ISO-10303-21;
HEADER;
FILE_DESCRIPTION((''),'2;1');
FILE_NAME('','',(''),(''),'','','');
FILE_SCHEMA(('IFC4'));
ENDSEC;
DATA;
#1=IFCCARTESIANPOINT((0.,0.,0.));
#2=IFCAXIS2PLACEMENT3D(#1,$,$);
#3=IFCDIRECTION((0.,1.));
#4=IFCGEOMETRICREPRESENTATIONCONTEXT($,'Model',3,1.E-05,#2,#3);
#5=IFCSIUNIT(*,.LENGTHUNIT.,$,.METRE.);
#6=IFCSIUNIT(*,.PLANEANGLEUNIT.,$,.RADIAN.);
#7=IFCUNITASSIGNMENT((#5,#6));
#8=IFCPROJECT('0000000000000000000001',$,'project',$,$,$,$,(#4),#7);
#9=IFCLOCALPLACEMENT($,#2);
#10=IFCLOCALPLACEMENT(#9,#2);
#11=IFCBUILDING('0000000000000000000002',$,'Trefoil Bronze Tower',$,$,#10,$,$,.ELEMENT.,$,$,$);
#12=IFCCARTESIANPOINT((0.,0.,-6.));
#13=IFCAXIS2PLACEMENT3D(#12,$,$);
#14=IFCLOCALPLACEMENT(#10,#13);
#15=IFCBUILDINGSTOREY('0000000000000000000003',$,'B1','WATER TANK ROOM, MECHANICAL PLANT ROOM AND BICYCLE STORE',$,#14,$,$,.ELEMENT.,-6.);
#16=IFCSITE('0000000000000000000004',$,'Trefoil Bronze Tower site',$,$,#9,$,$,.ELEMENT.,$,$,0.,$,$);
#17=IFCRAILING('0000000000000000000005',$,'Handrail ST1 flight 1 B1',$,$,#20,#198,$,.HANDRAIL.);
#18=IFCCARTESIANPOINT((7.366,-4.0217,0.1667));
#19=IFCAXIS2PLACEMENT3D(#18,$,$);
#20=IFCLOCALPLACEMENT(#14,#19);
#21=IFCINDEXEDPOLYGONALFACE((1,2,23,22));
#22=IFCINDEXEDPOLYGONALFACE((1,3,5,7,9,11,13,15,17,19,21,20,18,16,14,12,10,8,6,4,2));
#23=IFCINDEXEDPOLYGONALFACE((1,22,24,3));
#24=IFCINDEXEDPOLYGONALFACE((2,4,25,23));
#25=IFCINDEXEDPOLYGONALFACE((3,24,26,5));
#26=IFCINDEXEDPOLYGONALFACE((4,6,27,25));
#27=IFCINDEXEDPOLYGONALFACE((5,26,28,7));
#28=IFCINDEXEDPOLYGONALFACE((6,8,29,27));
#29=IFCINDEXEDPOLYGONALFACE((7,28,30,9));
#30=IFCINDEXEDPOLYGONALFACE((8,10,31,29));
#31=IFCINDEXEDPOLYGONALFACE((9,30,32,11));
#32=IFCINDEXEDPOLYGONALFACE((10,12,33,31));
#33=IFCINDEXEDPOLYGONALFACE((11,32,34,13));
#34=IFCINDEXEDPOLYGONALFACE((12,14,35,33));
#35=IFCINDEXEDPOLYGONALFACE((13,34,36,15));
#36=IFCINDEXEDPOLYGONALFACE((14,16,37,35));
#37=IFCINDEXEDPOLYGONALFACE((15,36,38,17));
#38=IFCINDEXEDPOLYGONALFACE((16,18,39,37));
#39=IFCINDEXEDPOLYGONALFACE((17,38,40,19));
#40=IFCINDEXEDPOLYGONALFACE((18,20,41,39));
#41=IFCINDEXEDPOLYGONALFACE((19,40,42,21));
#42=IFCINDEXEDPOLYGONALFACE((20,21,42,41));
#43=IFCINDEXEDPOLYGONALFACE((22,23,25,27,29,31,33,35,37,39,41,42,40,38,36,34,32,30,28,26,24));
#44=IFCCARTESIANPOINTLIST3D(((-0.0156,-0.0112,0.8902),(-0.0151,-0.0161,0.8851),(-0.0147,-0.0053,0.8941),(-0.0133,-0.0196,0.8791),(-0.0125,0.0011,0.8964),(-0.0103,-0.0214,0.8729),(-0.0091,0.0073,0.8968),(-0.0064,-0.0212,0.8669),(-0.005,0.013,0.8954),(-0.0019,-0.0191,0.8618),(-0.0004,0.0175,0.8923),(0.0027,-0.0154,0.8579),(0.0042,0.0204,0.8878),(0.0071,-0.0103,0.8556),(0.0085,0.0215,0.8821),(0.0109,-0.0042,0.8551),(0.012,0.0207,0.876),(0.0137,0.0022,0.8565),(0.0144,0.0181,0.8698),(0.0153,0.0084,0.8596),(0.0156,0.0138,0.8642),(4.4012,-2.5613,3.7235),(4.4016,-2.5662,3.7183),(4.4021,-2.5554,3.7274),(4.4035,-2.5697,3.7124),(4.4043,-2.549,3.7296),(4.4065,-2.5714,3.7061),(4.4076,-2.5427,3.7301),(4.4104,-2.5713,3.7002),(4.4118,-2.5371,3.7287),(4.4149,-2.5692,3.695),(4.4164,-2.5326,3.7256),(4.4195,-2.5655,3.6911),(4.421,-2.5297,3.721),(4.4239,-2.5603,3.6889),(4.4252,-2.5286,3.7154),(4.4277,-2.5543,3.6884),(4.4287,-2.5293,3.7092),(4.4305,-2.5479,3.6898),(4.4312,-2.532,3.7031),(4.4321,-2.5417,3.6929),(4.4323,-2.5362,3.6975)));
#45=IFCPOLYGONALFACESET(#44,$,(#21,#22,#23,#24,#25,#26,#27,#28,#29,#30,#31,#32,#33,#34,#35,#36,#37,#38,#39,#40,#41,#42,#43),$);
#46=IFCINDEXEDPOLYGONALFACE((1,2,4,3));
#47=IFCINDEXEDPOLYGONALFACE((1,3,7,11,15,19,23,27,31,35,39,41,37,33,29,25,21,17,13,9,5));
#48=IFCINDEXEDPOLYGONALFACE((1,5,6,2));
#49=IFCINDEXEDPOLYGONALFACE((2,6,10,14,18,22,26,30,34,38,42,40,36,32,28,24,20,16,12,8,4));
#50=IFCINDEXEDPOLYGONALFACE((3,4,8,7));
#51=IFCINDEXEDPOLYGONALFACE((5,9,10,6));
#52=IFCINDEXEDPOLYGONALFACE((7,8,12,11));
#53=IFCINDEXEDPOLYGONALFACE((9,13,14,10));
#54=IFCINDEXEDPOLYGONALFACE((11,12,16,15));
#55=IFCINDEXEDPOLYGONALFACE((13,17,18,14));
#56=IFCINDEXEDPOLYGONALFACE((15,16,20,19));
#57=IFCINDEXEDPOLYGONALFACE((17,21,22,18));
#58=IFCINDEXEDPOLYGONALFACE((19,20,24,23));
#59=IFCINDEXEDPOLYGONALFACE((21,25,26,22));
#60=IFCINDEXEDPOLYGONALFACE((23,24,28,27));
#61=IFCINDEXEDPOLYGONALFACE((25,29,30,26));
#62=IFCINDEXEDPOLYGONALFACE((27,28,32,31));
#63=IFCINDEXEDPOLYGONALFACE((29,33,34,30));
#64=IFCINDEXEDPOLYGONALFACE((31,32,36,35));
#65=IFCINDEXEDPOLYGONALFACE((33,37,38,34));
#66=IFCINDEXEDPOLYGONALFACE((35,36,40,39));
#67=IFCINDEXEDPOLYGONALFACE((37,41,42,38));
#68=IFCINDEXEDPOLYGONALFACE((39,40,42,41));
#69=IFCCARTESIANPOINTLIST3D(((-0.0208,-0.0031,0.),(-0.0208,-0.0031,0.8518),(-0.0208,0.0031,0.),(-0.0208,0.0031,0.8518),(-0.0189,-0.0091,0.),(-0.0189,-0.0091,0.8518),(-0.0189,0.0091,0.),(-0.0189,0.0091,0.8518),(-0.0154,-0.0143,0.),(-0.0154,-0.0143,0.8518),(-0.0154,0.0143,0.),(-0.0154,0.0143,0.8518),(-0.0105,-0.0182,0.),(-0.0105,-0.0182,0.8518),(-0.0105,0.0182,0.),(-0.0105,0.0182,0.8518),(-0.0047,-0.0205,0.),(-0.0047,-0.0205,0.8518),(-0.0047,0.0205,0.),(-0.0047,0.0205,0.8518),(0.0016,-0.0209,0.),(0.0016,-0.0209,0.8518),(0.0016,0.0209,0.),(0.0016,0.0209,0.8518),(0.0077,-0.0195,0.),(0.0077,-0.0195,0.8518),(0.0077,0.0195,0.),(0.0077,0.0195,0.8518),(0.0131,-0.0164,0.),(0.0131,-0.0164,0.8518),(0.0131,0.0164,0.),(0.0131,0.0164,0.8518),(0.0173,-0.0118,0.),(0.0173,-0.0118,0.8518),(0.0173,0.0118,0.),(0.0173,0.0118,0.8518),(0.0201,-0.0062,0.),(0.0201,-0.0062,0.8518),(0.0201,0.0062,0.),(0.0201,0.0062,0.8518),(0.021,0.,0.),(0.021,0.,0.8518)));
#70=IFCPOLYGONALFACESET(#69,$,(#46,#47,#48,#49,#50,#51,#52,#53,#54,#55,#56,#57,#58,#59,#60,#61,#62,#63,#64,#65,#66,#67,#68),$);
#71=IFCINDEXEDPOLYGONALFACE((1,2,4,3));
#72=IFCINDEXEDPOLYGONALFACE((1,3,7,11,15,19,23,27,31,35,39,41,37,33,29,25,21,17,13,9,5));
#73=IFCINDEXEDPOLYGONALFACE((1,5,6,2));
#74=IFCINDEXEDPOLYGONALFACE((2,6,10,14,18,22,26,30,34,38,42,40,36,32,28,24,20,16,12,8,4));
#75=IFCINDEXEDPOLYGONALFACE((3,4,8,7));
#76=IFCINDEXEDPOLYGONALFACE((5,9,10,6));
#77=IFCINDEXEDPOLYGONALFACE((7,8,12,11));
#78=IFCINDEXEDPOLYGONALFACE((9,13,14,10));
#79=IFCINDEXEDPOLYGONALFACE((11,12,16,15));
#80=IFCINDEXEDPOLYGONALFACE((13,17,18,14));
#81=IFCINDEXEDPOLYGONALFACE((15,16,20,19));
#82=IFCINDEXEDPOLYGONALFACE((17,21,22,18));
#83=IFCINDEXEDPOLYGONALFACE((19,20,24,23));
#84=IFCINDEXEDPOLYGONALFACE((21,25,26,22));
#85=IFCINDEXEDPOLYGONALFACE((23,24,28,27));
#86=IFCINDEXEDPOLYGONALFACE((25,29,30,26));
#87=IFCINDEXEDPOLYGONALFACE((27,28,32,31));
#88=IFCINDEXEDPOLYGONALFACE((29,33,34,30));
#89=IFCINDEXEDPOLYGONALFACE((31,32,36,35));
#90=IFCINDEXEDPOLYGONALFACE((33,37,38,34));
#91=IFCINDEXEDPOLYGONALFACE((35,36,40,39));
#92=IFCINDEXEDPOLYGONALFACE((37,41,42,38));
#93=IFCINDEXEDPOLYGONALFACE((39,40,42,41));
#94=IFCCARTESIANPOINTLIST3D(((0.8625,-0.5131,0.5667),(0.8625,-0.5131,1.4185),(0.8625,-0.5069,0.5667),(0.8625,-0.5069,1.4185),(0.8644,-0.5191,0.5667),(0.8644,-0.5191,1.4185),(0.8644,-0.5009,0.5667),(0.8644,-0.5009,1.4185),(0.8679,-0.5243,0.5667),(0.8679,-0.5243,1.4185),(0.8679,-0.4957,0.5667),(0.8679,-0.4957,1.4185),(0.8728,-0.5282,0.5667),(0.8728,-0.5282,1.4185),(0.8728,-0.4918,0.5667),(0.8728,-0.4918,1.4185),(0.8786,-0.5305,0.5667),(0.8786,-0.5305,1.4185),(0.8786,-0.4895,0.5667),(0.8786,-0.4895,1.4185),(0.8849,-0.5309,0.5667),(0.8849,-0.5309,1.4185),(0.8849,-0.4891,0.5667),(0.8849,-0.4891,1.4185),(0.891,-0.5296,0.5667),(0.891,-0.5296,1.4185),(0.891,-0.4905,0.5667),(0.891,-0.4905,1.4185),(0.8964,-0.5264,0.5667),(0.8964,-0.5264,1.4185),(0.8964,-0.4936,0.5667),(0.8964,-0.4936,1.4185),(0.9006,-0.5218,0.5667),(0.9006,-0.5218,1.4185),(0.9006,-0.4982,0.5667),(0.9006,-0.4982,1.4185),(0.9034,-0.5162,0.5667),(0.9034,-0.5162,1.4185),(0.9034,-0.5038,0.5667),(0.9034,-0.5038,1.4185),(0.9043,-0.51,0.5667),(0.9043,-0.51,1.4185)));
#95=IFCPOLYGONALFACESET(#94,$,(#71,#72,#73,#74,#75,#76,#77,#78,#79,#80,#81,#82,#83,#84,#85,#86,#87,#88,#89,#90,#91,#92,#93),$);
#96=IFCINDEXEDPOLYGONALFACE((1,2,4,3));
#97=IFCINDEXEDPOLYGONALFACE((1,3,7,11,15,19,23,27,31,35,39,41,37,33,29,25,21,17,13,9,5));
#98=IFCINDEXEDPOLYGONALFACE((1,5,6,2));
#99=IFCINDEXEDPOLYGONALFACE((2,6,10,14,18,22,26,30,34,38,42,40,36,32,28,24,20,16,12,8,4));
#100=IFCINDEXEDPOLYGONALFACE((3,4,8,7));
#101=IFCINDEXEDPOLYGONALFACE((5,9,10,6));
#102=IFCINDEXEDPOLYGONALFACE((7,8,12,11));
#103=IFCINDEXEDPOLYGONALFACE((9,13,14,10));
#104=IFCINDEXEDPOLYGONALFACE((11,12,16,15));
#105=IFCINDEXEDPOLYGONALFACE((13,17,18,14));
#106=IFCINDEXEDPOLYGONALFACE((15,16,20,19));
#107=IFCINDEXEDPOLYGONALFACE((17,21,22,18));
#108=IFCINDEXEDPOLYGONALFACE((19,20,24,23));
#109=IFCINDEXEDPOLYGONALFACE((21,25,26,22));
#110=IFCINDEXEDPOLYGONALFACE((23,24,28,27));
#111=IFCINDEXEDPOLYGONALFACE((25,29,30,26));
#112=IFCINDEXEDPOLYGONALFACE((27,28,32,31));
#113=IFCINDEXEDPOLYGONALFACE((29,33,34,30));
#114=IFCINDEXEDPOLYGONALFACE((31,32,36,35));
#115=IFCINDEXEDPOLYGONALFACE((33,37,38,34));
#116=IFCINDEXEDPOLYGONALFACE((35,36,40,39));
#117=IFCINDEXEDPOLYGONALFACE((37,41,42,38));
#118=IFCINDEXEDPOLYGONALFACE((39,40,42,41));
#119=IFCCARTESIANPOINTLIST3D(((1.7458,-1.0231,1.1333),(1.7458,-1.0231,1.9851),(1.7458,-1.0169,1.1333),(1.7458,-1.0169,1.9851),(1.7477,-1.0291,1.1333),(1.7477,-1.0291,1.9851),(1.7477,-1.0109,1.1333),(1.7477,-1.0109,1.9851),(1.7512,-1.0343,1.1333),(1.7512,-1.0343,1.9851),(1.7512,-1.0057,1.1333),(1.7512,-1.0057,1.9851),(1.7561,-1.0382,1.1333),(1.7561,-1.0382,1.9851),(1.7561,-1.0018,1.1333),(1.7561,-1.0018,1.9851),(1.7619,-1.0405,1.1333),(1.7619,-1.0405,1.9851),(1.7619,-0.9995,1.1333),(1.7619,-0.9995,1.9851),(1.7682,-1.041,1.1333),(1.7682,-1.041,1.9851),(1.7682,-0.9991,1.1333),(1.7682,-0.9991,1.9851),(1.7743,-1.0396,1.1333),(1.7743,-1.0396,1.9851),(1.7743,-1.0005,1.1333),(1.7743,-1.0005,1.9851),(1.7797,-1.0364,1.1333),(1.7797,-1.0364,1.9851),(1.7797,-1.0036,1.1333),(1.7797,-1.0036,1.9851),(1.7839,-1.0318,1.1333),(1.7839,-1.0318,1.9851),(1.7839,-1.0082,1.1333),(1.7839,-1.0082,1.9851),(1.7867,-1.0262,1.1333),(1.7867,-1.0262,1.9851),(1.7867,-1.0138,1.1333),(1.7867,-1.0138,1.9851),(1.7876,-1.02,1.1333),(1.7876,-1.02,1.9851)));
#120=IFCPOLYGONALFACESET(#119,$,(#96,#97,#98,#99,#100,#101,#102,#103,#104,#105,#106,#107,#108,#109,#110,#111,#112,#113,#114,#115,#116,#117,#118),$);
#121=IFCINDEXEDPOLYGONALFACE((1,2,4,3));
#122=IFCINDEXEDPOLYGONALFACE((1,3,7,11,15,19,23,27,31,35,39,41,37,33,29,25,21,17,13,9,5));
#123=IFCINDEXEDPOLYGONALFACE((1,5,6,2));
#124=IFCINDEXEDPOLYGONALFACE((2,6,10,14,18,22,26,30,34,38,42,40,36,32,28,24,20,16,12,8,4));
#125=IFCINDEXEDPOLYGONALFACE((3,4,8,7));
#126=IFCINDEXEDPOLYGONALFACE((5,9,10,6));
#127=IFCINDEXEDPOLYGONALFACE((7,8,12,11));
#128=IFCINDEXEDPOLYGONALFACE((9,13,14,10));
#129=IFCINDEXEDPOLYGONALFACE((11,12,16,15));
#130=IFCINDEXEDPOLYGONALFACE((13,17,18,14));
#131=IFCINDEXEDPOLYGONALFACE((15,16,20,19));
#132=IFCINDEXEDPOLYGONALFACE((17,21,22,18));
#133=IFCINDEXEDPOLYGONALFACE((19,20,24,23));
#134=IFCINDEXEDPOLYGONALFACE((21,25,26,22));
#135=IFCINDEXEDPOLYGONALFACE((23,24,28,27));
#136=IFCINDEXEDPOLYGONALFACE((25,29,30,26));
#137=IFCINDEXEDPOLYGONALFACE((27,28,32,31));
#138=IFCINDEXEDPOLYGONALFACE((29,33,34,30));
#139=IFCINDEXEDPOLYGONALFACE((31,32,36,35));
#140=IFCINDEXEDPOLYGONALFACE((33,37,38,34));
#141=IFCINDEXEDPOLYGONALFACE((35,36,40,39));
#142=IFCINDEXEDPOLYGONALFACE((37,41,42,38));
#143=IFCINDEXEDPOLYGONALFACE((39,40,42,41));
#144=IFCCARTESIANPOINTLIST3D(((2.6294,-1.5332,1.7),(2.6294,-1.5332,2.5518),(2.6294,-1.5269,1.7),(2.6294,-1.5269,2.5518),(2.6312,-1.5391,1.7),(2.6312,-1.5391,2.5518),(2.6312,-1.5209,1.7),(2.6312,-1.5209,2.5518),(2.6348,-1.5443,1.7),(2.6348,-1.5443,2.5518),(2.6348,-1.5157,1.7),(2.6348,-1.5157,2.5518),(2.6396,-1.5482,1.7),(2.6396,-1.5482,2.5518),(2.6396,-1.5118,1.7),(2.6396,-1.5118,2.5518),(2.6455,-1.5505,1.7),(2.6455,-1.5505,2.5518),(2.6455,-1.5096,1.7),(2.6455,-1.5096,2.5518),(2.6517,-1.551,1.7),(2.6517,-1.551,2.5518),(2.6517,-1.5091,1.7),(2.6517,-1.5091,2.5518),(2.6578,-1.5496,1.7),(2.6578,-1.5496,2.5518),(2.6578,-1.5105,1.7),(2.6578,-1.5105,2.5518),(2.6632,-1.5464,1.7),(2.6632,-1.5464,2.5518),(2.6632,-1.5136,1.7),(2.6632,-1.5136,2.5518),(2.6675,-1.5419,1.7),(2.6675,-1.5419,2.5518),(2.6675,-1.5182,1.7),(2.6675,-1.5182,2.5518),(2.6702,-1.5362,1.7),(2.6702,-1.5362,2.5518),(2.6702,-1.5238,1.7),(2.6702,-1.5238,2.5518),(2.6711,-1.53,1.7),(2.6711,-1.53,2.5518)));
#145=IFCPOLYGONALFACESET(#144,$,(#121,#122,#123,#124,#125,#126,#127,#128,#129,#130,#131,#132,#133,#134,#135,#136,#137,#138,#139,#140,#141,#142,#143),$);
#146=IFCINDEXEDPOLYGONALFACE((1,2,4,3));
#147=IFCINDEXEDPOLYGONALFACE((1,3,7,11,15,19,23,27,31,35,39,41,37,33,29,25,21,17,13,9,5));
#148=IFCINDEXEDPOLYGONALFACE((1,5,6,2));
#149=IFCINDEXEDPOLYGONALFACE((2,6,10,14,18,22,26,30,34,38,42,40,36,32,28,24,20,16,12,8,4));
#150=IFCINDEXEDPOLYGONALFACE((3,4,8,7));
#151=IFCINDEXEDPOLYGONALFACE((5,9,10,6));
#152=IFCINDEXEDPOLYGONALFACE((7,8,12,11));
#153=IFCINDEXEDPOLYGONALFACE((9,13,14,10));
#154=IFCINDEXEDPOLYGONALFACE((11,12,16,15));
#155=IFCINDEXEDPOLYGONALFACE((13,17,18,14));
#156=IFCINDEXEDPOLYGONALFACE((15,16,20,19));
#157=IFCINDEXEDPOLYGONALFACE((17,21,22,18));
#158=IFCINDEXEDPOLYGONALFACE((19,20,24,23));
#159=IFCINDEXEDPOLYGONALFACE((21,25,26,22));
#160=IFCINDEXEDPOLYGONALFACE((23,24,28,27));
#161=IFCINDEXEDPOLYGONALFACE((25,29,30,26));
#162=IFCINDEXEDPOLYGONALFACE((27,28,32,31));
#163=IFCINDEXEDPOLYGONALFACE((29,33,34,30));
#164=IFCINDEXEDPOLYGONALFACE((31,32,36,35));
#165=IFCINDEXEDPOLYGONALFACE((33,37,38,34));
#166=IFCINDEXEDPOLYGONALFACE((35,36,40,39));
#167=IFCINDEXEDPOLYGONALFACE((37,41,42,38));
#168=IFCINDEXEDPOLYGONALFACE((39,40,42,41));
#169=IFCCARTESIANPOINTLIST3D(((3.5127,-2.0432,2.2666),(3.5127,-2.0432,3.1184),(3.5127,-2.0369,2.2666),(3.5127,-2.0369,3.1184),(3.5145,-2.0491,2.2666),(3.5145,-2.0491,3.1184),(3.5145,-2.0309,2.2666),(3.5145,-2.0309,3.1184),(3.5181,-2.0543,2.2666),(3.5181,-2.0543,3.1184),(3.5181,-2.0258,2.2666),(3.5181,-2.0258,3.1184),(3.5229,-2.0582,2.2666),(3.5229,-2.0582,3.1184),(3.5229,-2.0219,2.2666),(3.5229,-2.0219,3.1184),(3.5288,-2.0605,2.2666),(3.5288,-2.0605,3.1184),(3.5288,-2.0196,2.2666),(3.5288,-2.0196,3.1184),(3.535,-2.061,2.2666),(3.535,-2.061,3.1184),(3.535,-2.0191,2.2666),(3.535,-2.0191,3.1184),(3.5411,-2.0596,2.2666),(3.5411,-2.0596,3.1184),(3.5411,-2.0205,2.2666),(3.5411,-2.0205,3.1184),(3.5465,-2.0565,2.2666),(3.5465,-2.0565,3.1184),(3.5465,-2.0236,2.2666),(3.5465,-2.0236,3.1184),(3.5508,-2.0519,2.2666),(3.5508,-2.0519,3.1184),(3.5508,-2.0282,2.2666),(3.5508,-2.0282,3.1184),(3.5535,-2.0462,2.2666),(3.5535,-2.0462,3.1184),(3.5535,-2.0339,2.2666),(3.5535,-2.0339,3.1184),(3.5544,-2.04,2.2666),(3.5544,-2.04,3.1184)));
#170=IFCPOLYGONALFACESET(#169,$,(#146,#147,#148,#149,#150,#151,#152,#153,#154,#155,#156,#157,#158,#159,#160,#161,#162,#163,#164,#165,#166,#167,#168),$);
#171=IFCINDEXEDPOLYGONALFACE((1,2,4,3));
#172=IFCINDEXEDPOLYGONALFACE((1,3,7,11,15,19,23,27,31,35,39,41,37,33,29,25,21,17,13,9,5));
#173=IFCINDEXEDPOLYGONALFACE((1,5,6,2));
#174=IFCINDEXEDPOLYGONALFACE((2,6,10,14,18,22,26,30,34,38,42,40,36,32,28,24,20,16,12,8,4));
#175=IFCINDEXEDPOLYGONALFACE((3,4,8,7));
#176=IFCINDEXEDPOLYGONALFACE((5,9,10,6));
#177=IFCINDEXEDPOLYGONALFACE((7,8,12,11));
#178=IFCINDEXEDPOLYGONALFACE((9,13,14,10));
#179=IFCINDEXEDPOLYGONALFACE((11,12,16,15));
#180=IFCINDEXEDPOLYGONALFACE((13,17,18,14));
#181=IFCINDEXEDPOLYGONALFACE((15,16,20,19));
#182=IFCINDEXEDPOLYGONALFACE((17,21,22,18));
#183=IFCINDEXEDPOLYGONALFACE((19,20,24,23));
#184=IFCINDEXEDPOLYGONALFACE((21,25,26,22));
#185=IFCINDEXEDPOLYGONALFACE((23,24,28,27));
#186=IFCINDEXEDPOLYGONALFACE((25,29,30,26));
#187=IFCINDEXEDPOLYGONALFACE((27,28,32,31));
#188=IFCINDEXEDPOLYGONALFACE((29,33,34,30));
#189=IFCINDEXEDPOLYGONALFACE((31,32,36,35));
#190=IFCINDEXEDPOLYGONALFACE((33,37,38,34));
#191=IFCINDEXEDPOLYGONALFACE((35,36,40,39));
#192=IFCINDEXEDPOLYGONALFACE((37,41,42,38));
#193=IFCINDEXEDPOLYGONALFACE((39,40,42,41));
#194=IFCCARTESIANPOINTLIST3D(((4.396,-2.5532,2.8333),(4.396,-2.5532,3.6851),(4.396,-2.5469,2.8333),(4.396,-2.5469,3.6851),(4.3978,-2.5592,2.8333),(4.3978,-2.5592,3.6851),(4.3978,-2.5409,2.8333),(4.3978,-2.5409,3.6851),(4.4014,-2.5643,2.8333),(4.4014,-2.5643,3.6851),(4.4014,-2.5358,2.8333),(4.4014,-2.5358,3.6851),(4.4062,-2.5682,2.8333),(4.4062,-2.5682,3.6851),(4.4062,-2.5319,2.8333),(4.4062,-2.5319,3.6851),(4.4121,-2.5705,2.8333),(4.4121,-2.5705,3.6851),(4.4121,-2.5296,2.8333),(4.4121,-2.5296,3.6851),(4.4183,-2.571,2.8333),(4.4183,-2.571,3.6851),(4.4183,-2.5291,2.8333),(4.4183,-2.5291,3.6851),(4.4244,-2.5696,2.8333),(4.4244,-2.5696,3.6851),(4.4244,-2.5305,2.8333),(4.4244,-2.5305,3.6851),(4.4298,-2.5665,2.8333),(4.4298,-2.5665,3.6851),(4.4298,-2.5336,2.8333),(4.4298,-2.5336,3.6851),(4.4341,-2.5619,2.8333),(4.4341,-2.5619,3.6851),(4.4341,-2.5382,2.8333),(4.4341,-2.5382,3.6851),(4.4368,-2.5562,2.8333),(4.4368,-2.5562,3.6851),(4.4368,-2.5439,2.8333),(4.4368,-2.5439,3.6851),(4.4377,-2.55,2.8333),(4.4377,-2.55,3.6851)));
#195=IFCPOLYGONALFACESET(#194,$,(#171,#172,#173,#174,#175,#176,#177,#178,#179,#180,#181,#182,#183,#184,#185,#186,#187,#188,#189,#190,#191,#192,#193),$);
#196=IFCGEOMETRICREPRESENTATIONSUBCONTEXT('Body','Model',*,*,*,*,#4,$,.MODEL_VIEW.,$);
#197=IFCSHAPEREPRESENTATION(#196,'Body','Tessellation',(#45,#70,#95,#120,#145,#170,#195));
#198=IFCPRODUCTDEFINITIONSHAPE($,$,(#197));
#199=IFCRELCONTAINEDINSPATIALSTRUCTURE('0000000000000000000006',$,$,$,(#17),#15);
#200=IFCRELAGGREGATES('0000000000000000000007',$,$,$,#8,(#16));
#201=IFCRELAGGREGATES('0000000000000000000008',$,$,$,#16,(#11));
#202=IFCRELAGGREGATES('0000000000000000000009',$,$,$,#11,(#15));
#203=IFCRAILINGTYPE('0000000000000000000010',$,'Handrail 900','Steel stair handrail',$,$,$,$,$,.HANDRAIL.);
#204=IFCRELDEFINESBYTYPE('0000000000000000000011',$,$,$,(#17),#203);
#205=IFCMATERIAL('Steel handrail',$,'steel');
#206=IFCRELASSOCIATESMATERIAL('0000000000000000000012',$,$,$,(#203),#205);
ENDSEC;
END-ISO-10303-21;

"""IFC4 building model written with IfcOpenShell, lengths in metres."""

from ifc_helpers import new_model, si_unit, direction, frame, origin, origin_2d, place, context, subcontext, project, spatial, circle, extrude, material, type_object, element, save


model = new_model("IFC4")

# Units and contexts
model_context = context("Model", 3, precision=1e-05, world=origin(), true_north=direction((0.0, 1.0)))
body_context = subcontext(model_context, "Body", "Model", "MODEL_VIEW")
ifc_project = project(units=[si_unit("LENGTHUNIT", "METRE"), si_unit("PLANEANGLEUNIT", "RADIAN")], contexts=[model_context])

# Site, building, storey
site_placement = place(None, origin())
site = spatial("IfcSite", under=ifc_project, at=site_placement, Name="Trefoil Bronze Tower site", CompositionType="ELEMENT", RefElevation=0.0)
building_placement = place(site_placement, origin())
building = spatial("IfcBuilding", under=site, at=building_placement, Name="Trefoil Bronze Tower", CompositionType="ELEMENT")
storey_placement = place(building_placement, frame((0.0, 0.0, -6.0)))
storey = spatial("IfcBuildingStorey", under=building, at=storey_placement, Name="B1", Description="WATER TANK ROOM, MECHANICAL PLANT ROOM AND BICYCLE STORE", CompositionType="ELEMENT", Elevation=-6.0)

# Railing
ifc_material_1 = material(Name="Steel handrail", Category="steel")
railing_type = type_object("IfcRailingType", Name="Handrail 900", Description="Steel stair handrail", PredefinedType="HANDRAIL", material=ifc_material_1)
railing_1_placement = place(storey_placement, frame((7.366, -4.0217, 0.1667)))
element("IfcRailing", 1, at=railing_1_placement, inside=storey, type_object=railing_type, Name="Handrail ST1 flight 1 B1", PredefinedType="HANDRAIL", context=body_context, shape_type="SweptSolid", body=[
    extrude(circle(Radius=0.0239, at=origin_2d()), frame((0.0, 0.0, 0.876), z_axis=(0.757046, -0.437087, 0.485629), x_axis=(0.500006, 0.866022, 0.0)), (0.0, 0.0, 1.0), 5.8342),
    extrude(circle(Radius=0.021, at=origin_2d()), origin(), (0.0, 0.0, 1.0), 0.8518),
    extrude(circle(Radius=0.021, at=origin_2d()), frame((0.8833, -0.51, 0.5667)), (0.0, 0.0, 1.0), 0.8518),
    extrude(circle(Radius=0.021, at=origin_2d()), frame((1.7666, -1.02, 1.1333)), (0.0, 0.0, 1.0), 0.8518),
    extrude(circle(Radius=0.021, at=origin_2d()), frame((2.6501, -1.53, 1.7)), (0.0, 0.0, 1.0), 0.8518),
    extrude(circle(Radius=0.021, at=origin_2d()), frame((3.5334, -2.04, 2.2666)), (0.0, 0.0, 1.0), 0.8518),
    extrude(circle(Radius=0.021, at=origin_2d()), frame((4.4167, -2.55, 2.8333)), (0.0, 0.0, 1.0), 0.8518),
])

save(model, "model.ifc")
